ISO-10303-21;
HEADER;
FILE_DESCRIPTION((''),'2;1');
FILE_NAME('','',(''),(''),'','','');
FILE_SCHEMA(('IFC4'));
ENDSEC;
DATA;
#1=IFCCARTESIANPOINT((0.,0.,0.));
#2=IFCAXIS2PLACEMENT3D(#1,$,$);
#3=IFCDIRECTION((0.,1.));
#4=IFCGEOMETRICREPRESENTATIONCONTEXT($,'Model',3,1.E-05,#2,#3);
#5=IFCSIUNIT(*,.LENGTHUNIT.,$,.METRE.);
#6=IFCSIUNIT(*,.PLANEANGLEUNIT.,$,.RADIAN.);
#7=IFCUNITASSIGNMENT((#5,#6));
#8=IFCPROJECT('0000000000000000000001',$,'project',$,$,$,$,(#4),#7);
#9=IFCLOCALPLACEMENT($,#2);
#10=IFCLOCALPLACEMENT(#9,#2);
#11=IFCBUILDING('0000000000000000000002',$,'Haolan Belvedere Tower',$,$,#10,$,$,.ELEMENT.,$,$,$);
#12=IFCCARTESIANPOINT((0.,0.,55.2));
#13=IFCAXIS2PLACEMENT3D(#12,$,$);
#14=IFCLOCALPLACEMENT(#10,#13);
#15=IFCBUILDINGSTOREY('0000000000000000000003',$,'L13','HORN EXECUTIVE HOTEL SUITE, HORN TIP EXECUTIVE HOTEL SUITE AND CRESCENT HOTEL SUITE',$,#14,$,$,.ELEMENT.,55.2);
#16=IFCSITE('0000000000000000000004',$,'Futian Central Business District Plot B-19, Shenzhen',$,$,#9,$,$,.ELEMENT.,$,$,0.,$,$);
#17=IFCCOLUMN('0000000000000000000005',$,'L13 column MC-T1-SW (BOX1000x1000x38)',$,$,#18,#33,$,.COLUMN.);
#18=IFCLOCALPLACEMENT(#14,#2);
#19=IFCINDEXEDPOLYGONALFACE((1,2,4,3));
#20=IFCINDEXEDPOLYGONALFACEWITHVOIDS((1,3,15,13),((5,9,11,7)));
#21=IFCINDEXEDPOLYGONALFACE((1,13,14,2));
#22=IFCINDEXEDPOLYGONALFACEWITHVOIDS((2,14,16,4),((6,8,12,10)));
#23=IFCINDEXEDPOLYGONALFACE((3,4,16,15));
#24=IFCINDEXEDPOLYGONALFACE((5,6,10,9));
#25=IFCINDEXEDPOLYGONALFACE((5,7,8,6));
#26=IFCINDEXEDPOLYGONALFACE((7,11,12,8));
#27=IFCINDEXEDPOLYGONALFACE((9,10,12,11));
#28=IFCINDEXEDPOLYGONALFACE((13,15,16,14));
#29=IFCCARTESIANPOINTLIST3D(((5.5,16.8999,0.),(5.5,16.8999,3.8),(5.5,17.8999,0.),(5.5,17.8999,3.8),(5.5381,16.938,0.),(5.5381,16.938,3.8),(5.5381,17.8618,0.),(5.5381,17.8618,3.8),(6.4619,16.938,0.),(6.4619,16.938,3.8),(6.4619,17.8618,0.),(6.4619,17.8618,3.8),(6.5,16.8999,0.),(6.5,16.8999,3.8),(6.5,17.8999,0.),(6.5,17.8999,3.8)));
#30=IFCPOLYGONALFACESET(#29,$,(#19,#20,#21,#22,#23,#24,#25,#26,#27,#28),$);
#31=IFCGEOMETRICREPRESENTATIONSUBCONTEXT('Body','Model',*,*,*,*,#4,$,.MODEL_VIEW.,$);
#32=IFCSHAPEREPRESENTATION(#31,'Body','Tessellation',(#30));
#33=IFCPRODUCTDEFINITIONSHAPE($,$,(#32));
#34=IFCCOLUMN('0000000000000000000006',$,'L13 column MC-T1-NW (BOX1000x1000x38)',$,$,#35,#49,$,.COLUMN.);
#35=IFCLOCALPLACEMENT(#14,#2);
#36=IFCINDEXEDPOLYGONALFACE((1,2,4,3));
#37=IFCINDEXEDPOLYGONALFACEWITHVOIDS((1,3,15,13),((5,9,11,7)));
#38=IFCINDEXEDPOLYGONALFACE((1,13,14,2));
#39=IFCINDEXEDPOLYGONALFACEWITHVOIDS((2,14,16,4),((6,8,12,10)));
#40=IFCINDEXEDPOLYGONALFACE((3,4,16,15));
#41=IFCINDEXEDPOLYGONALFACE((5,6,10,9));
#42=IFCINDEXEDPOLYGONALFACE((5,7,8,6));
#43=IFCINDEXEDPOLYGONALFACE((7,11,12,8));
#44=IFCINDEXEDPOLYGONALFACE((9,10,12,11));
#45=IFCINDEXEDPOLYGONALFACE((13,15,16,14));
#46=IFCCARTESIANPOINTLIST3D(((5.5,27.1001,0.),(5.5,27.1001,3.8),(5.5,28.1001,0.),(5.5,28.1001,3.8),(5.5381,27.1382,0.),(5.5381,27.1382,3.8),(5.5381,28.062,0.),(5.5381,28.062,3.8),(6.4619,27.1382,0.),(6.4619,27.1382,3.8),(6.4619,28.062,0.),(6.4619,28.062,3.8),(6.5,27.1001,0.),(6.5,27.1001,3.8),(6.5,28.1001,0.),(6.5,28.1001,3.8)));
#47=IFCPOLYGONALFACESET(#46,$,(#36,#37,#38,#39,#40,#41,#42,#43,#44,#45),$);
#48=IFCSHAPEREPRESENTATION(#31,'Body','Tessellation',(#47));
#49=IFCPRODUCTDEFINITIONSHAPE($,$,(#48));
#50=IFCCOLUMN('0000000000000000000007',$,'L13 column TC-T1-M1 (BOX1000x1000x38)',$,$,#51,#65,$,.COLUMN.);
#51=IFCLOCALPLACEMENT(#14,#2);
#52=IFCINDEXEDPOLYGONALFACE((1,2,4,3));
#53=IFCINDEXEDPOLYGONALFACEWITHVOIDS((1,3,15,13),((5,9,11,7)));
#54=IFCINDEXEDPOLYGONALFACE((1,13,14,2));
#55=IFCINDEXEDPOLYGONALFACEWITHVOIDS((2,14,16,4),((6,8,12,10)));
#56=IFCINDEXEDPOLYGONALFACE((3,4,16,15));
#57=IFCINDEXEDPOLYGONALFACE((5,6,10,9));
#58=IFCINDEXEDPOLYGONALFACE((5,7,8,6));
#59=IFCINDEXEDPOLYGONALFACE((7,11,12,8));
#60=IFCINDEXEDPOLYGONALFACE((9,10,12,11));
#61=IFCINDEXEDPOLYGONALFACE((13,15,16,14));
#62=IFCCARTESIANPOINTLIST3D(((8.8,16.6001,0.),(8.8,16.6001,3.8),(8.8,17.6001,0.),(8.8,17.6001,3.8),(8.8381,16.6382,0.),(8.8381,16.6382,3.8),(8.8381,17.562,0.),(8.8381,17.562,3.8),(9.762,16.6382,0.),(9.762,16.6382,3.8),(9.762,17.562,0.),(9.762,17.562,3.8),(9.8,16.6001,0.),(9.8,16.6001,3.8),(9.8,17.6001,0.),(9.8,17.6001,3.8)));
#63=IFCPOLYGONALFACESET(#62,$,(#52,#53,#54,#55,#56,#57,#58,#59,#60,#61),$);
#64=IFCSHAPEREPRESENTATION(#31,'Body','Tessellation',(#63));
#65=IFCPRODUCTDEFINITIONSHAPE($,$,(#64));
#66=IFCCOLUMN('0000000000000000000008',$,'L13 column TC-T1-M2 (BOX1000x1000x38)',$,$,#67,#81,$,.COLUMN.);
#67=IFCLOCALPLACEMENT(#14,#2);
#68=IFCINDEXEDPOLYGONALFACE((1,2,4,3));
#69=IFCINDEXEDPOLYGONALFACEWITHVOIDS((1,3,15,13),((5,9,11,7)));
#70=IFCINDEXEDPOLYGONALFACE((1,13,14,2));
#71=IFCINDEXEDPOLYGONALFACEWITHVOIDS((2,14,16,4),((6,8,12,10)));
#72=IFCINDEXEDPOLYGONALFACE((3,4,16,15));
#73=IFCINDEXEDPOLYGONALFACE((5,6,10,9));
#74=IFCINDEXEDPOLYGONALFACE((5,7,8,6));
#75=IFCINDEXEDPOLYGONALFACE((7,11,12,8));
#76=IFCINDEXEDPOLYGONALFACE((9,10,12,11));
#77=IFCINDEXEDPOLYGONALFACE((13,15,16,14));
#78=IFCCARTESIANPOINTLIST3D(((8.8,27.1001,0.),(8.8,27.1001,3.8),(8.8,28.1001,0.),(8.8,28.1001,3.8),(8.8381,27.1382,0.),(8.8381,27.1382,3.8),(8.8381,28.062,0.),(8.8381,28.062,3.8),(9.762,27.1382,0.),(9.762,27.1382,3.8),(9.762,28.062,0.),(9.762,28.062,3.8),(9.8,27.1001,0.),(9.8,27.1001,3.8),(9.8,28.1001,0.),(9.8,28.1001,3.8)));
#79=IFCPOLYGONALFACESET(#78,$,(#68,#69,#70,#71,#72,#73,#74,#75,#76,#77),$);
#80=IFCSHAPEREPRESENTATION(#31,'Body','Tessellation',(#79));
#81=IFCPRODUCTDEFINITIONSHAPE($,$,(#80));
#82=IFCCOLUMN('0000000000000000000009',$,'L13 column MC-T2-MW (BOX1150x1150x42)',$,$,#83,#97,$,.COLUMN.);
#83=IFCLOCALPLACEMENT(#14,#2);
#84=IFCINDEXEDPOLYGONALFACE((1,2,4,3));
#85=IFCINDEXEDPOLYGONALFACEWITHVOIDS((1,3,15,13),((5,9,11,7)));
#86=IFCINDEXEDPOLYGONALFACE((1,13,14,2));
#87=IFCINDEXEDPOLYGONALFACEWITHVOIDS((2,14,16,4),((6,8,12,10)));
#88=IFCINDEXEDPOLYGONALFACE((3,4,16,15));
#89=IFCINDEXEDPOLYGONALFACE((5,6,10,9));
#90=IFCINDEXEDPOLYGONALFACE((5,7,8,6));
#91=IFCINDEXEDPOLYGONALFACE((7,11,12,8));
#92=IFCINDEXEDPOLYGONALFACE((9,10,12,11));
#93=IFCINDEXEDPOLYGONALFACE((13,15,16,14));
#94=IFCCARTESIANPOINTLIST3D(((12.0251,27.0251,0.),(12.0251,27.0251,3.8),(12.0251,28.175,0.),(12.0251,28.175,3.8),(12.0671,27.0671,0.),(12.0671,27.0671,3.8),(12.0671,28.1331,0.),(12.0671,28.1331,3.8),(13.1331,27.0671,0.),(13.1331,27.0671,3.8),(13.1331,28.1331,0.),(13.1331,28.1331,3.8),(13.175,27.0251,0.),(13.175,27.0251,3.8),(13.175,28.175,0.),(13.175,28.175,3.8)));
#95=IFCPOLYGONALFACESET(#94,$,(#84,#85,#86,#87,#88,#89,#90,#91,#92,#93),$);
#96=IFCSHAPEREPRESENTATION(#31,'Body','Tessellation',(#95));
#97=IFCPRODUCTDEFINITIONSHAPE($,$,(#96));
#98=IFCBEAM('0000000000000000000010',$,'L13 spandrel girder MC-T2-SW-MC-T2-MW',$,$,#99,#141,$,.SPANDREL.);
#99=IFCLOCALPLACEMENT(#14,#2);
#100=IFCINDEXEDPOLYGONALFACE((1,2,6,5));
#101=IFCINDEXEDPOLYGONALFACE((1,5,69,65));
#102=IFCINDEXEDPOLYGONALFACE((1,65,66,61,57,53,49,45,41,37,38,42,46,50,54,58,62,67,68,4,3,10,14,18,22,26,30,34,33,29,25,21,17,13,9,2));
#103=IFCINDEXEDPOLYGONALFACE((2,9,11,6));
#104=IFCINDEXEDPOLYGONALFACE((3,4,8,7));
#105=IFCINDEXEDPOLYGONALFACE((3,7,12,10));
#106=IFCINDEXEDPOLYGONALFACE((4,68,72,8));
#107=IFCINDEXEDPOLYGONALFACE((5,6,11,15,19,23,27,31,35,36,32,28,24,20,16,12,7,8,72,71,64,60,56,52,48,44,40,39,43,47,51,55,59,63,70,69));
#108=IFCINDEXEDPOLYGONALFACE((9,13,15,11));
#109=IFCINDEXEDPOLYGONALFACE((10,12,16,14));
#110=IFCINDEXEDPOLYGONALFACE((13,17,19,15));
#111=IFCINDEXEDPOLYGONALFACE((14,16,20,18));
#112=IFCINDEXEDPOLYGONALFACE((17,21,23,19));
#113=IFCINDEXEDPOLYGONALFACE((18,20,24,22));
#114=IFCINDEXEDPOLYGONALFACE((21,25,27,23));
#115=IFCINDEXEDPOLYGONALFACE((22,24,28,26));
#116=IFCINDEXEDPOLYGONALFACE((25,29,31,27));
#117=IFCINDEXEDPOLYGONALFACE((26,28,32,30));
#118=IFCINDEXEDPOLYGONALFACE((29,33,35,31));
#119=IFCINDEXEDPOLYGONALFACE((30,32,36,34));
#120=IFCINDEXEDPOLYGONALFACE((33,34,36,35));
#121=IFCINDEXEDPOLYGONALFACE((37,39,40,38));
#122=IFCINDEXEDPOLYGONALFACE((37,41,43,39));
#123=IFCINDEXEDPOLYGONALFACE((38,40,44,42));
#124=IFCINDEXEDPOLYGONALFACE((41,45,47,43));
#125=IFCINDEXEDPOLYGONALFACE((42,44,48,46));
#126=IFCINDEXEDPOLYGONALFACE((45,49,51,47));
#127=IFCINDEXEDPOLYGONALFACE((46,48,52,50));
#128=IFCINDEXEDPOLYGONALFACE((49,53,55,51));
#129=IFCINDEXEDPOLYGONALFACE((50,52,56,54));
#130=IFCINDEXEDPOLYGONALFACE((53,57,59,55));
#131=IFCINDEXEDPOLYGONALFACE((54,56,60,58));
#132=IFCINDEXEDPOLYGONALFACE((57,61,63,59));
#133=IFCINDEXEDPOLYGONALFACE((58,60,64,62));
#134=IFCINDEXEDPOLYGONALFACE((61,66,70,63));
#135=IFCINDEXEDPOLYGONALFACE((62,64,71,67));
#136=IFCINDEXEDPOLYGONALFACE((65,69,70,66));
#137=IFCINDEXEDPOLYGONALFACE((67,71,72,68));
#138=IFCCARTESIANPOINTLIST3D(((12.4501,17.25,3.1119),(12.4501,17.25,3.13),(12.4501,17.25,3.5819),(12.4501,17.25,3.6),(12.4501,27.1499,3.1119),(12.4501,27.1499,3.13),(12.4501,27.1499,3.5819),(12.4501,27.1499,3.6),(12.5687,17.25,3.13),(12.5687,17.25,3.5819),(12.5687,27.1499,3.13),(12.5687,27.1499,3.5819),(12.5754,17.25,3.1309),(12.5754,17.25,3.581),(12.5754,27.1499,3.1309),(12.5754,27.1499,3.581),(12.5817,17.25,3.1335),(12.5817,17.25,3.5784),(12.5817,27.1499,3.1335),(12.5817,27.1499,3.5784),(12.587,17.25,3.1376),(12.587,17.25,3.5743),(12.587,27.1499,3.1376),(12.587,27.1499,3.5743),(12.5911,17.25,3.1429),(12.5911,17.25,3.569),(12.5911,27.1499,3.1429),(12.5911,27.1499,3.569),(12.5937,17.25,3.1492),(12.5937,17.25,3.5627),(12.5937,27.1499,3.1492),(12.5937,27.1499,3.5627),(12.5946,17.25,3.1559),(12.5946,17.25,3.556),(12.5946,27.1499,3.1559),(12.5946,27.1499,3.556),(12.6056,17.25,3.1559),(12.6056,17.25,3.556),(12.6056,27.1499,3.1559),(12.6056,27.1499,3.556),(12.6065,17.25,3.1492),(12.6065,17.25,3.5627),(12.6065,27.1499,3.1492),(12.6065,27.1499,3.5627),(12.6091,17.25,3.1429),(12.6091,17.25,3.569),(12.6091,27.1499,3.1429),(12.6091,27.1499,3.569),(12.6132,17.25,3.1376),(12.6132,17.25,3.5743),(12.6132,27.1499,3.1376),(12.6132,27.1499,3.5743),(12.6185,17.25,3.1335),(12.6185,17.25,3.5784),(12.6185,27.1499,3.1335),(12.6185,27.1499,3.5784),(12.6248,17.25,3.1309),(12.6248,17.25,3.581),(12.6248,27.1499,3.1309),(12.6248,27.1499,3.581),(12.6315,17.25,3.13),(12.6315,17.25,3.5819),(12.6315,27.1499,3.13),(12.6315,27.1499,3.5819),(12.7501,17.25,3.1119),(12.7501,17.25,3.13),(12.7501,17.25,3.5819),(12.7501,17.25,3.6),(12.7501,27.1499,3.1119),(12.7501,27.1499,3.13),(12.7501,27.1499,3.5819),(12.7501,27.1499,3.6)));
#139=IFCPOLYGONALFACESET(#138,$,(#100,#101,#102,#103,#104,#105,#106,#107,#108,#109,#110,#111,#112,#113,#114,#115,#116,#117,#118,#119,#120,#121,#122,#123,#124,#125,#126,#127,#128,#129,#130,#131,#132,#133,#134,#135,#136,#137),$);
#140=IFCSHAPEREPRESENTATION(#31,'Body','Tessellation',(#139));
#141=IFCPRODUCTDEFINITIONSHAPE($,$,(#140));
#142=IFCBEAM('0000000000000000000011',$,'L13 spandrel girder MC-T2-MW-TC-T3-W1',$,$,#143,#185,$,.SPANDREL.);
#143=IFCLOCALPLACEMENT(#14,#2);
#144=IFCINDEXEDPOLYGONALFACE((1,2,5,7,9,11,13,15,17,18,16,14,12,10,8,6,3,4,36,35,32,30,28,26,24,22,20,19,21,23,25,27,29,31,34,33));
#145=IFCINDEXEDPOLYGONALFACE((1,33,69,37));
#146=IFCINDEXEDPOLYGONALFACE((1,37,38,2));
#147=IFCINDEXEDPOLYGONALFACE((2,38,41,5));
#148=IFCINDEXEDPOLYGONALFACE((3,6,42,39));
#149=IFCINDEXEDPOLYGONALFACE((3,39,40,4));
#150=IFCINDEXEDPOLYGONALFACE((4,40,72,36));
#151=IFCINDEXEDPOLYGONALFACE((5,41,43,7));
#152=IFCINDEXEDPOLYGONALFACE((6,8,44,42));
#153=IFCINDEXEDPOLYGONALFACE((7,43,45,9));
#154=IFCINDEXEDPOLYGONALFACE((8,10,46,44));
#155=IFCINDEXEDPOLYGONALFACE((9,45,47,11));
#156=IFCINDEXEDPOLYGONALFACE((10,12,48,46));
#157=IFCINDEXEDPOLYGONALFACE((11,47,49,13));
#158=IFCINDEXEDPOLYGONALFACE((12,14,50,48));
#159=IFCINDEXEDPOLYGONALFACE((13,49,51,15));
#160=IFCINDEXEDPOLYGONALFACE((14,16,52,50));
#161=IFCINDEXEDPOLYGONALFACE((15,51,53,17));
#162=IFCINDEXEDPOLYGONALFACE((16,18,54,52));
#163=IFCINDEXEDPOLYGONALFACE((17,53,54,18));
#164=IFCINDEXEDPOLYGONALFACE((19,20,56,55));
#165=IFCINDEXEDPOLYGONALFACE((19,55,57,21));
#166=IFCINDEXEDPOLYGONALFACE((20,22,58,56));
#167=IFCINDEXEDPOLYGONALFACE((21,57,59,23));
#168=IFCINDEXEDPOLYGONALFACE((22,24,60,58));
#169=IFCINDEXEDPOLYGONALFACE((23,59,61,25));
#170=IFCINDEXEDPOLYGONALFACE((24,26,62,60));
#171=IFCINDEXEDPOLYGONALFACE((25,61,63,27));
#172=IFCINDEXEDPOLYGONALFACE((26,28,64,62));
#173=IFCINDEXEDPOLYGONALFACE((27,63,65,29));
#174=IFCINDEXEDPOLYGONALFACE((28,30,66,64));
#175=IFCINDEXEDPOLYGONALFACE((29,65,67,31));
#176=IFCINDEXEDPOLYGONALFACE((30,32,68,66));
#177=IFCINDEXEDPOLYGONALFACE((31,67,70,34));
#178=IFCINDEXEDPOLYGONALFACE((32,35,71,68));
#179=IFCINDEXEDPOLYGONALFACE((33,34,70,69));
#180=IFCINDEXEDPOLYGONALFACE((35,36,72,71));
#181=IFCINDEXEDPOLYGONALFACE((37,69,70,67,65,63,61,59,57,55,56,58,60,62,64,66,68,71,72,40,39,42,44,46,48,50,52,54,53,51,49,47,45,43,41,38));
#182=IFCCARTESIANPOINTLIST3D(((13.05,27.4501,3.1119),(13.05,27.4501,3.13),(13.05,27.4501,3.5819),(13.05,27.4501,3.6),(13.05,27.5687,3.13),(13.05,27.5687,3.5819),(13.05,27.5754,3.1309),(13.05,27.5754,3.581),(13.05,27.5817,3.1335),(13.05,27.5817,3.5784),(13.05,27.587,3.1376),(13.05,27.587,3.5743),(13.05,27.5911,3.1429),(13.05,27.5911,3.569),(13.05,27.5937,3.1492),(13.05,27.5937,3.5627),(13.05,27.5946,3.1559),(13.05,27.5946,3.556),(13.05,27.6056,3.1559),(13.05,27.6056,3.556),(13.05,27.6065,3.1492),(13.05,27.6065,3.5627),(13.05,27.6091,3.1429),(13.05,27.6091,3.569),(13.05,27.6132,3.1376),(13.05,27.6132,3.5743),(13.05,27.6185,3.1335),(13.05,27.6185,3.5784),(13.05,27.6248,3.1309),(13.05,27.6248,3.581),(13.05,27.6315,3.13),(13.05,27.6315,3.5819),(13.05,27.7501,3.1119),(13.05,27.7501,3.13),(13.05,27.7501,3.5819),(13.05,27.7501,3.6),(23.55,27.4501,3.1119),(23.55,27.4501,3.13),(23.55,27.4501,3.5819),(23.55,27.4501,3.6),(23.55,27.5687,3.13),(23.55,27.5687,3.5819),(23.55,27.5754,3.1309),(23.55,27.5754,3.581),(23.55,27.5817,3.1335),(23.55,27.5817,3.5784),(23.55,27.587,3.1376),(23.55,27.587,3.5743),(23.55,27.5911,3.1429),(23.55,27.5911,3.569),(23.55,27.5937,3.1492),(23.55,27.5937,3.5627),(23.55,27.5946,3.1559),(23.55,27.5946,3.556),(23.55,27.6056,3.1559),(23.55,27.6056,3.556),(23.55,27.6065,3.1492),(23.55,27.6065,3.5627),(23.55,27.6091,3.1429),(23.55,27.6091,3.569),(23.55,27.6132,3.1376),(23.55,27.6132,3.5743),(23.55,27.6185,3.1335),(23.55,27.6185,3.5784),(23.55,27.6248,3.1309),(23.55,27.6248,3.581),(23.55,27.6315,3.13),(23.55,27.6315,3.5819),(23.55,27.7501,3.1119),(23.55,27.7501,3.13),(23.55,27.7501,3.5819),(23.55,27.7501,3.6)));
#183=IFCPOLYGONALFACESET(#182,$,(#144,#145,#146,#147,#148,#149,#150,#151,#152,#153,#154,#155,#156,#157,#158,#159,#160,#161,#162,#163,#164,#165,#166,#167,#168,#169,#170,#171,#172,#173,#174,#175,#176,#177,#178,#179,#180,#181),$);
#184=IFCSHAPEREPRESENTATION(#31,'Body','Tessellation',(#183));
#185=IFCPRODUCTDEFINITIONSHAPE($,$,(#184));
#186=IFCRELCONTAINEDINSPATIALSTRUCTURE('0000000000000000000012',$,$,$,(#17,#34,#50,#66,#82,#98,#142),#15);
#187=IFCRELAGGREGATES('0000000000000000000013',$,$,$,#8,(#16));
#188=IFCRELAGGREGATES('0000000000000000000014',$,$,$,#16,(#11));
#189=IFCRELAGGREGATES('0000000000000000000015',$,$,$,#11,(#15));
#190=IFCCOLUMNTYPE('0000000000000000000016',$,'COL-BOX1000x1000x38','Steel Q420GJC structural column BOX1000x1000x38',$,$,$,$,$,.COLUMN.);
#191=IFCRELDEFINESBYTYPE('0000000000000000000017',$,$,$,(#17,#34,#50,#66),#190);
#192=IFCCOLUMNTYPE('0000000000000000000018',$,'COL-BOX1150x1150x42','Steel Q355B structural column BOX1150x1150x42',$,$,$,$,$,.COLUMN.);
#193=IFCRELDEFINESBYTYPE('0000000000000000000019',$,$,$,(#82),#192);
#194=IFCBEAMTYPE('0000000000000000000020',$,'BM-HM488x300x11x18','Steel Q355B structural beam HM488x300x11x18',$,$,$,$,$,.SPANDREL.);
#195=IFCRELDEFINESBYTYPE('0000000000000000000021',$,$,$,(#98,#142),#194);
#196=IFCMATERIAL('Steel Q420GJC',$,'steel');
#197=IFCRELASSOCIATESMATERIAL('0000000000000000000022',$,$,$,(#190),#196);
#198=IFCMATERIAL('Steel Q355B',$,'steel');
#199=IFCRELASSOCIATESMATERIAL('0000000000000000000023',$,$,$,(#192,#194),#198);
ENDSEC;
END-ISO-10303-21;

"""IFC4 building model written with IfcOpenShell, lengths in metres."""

from ifc_helpers import new_model, si_unit, direction, frame, origin, origin_2d, place, context, subcontext, project, spatial, hollow_rectangle, i_section, extrude, material, material_profile, profile_set, type_object, element, save


model = new_model("IFC4")

# Units and contexts
model_context = context("Model", 3, precision=1e-05, world=origin(), true_north=direction((0.0, 1.0)))
body_context = subcontext(model_context, "Body", "Model", "MODEL_VIEW")
ifc_project = project(units=[si_unit("LENGTHUNIT", "METRE"), si_unit("PLANEANGLEUNIT", "RADIAN")], contexts=[model_context])

# Site, building, storey
site_placement = place(None, origin())
site = spatial("IfcSite", under=ifc_project, at=site_placement, Name="Futian Central Business District Plot B-19, Shenzhen", CompositionType="ELEMENT", RefElevation=0.0)
building_placement = place(site_placement, origin())
building = spatial("IfcBuilding", under=site, at=building_placement, Name="Haolan Belvedere Tower", CompositionType="ELEMENT")
storey_placement = place(building_placement, frame((0.0, 0.0, 55.2)))
storey = spatial("IfcBuildingStorey", under=building, at=storey_placement, Name="L13", Description="HORN EXECUTIVE HOTEL SUITE, HORN TIP EXECUTIVE HOTEL SUITE AND CRESCENT HOTEL SUITE", CompositionType="ELEMENT", Elevation=55.2)

# Columns
ifc_material_1 = material(Name="Steel Q420GJC", Category="steel")
ifc_material_profile_1 = material_profile(ifc_material_1, hollow_rectangle(XDim=1.0, YDim=1.0, WallThickness=0.0381, at=origin_2d()), Name="Steel Q420GJC")
ifc_profile_set_1 = profile_set([ifc_material_profile_1], Name="Steel Q420GJC")
column_type_1 = type_object("IfcColumnType", Name="COL-BOX1000x1000x38", Description="Steel Q420GJC structural column BOX1000x1000x38", PredefinedType="COLUMN", material=ifc_profile_set_1)
for number, where, z_axis, x_axis, name in (
    (1, (6.0, 17.3999, 0.0), (0.0, 0.0, 1.0), (1.0, 0.0, 0.0), "L13 column MC-T1-SW (BOX1000x1000x38)"),
    (2, (6.0, 27.6001, 0.0), (0.0, 0.0, 1.0), (1.0, 0.0, 0.0), "L13 column MC-T1-NW (BOX1000x1000x38)"),
    (3, (9.3, 17.1001, 0.0), (0.0, 0.0, 1.0), (1.0, 0.0, 0.0), "L13 column TC-T1-M1 (BOX1000x1000x38)"),
    (4, (9.3, 27.6001, 0.0), (0.0, 0.0, 1.0), (1.0, 0.0, 0.0), "L13 column TC-T1-M2 (BOX1000x1000x38)"),
):
    element("IfcColumn", number, at=place(storey_placement, frame(where, z_axis=z_axis, x_axis=x_axis)), inside=storey, type_object=column_type_1, Name=name, PredefinedType="COLUMN", context=body_context, shape_type="SweptSolid", body=[
        extrude(hollow_rectangle(XDim=1.0, YDim=1.0, WallThickness=0.0381, at=origin_2d()), origin(), (0.0, 0.0, 1.0), 3.8),
    ])
ifc_material_2 = material(Name="Steel Q355B", Category="steel")
ifc_material_profile_2 = material_profile(ifc_material_2, hollow_rectangle(XDim=1.1499, YDim=1.1499, WallThickness=0.042, at=origin_2d()), Name="Steel Q355B")
ifc_profile_set_2 = profile_set([ifc_material_profile_2], Name="Steel Q355B")
column_type_2 = type_object("IfcColumnType", Name="COL-BOX1150x1150x42", Description="Steel Q355B structural column BOX1150x1150x42", PredefinedType="COLUMN", material=ifc_profile_set_2)
column_placement = place(storey_placement, frame((12.6001, 27.6001, 0.0), z_axis=(0.0, 0.0, 1.0), x_axis=(1.0, 0.0, 0.0)))
element("IfcColumn", 5, at=column_placement, inside=storey, type_object=column_type_2, Name="L13 column MC-T2-MW (BOX1150x1150x42)", PredefinedType="COLUMN", context=body_context, shape_type="SweptSolid", body=[
    extrude(hollow_rectangle(XDim=1.1499, YDim=1.1499, WallThickness=0.042, at=origin_2d()), origin(), (0.0, 0.0, 1.0), 3.8),
])

# Beams
ifc_material_profile_3 = material_profile(ifc_material_2, i_section(OverallWidth=0.3, OverallDepth=0.488, WebThickness=0.011, FlangeThickness=0.0181, FilletRadius=0.0259, at=origin_2d()), Name="Steel Q355B")
ifc_profile_set_3 = profile_set([ifc_material_profile_3], Name="Steel Q355B")
beam_type_1 = type_object("IfcBeamType", Name="BM-HM488x300x11x18", Description="Steel Q355B structural beam HM488x300x11x18", PredefinedType="SPANDREL", material=ifc_profile_set_3)
beam_1_placement = place(storey_placement, frame((12.6001, 17.25, 3.356), z_axis=(0.0, 1.0, 0.0), x_axis=(-1.0, 0.0, 0.0)))
element("IfcBeam", 6, at=beam_1_placement, inside=storey, type_object=beam_type_1, Name="L13 spandrel girder MC-T2-SW-MC-T2-MW", PredefinedType="SPANDREL", context=body_context, shape_type="SweptSolid", body=[
    extrude(i_section(OverallWidth=0.3, OverallDepth=0.488, WebThickness=0.011, FlangeThickness=0.0181, FilletRadius=0.0259, at=origin_2d()), origin(), (0.0, 0.0, 1.0), 9.8999),
])
beam_2_placement = place(storey_placement, frame((13.05, 27.6001, 3.356), z_axis=(1.0, 0.0, 0.0), x_axis=(0.0, 1.0, 0.0)))
element("IfcBeam", 7, at=beam_2_placement, inside=storey, type_object=beam_type_1, Name="L13 spandrel girder MC-T2-MW-TC-T3-W1", PredefinedType="SPANDREL", context=body_context, shape_type="SweptSolid", body=[
    extrude(i_section(OverallWidth=0.3, OverallDepth=0.488, WebThickness=0.011, FlangeThickness=0.0181, FilletRadius=0.0259, at=origin_2d()), origin(), (0.0, 0.0, 1.0), 10.5),
])

save(model, "model.ifc")
